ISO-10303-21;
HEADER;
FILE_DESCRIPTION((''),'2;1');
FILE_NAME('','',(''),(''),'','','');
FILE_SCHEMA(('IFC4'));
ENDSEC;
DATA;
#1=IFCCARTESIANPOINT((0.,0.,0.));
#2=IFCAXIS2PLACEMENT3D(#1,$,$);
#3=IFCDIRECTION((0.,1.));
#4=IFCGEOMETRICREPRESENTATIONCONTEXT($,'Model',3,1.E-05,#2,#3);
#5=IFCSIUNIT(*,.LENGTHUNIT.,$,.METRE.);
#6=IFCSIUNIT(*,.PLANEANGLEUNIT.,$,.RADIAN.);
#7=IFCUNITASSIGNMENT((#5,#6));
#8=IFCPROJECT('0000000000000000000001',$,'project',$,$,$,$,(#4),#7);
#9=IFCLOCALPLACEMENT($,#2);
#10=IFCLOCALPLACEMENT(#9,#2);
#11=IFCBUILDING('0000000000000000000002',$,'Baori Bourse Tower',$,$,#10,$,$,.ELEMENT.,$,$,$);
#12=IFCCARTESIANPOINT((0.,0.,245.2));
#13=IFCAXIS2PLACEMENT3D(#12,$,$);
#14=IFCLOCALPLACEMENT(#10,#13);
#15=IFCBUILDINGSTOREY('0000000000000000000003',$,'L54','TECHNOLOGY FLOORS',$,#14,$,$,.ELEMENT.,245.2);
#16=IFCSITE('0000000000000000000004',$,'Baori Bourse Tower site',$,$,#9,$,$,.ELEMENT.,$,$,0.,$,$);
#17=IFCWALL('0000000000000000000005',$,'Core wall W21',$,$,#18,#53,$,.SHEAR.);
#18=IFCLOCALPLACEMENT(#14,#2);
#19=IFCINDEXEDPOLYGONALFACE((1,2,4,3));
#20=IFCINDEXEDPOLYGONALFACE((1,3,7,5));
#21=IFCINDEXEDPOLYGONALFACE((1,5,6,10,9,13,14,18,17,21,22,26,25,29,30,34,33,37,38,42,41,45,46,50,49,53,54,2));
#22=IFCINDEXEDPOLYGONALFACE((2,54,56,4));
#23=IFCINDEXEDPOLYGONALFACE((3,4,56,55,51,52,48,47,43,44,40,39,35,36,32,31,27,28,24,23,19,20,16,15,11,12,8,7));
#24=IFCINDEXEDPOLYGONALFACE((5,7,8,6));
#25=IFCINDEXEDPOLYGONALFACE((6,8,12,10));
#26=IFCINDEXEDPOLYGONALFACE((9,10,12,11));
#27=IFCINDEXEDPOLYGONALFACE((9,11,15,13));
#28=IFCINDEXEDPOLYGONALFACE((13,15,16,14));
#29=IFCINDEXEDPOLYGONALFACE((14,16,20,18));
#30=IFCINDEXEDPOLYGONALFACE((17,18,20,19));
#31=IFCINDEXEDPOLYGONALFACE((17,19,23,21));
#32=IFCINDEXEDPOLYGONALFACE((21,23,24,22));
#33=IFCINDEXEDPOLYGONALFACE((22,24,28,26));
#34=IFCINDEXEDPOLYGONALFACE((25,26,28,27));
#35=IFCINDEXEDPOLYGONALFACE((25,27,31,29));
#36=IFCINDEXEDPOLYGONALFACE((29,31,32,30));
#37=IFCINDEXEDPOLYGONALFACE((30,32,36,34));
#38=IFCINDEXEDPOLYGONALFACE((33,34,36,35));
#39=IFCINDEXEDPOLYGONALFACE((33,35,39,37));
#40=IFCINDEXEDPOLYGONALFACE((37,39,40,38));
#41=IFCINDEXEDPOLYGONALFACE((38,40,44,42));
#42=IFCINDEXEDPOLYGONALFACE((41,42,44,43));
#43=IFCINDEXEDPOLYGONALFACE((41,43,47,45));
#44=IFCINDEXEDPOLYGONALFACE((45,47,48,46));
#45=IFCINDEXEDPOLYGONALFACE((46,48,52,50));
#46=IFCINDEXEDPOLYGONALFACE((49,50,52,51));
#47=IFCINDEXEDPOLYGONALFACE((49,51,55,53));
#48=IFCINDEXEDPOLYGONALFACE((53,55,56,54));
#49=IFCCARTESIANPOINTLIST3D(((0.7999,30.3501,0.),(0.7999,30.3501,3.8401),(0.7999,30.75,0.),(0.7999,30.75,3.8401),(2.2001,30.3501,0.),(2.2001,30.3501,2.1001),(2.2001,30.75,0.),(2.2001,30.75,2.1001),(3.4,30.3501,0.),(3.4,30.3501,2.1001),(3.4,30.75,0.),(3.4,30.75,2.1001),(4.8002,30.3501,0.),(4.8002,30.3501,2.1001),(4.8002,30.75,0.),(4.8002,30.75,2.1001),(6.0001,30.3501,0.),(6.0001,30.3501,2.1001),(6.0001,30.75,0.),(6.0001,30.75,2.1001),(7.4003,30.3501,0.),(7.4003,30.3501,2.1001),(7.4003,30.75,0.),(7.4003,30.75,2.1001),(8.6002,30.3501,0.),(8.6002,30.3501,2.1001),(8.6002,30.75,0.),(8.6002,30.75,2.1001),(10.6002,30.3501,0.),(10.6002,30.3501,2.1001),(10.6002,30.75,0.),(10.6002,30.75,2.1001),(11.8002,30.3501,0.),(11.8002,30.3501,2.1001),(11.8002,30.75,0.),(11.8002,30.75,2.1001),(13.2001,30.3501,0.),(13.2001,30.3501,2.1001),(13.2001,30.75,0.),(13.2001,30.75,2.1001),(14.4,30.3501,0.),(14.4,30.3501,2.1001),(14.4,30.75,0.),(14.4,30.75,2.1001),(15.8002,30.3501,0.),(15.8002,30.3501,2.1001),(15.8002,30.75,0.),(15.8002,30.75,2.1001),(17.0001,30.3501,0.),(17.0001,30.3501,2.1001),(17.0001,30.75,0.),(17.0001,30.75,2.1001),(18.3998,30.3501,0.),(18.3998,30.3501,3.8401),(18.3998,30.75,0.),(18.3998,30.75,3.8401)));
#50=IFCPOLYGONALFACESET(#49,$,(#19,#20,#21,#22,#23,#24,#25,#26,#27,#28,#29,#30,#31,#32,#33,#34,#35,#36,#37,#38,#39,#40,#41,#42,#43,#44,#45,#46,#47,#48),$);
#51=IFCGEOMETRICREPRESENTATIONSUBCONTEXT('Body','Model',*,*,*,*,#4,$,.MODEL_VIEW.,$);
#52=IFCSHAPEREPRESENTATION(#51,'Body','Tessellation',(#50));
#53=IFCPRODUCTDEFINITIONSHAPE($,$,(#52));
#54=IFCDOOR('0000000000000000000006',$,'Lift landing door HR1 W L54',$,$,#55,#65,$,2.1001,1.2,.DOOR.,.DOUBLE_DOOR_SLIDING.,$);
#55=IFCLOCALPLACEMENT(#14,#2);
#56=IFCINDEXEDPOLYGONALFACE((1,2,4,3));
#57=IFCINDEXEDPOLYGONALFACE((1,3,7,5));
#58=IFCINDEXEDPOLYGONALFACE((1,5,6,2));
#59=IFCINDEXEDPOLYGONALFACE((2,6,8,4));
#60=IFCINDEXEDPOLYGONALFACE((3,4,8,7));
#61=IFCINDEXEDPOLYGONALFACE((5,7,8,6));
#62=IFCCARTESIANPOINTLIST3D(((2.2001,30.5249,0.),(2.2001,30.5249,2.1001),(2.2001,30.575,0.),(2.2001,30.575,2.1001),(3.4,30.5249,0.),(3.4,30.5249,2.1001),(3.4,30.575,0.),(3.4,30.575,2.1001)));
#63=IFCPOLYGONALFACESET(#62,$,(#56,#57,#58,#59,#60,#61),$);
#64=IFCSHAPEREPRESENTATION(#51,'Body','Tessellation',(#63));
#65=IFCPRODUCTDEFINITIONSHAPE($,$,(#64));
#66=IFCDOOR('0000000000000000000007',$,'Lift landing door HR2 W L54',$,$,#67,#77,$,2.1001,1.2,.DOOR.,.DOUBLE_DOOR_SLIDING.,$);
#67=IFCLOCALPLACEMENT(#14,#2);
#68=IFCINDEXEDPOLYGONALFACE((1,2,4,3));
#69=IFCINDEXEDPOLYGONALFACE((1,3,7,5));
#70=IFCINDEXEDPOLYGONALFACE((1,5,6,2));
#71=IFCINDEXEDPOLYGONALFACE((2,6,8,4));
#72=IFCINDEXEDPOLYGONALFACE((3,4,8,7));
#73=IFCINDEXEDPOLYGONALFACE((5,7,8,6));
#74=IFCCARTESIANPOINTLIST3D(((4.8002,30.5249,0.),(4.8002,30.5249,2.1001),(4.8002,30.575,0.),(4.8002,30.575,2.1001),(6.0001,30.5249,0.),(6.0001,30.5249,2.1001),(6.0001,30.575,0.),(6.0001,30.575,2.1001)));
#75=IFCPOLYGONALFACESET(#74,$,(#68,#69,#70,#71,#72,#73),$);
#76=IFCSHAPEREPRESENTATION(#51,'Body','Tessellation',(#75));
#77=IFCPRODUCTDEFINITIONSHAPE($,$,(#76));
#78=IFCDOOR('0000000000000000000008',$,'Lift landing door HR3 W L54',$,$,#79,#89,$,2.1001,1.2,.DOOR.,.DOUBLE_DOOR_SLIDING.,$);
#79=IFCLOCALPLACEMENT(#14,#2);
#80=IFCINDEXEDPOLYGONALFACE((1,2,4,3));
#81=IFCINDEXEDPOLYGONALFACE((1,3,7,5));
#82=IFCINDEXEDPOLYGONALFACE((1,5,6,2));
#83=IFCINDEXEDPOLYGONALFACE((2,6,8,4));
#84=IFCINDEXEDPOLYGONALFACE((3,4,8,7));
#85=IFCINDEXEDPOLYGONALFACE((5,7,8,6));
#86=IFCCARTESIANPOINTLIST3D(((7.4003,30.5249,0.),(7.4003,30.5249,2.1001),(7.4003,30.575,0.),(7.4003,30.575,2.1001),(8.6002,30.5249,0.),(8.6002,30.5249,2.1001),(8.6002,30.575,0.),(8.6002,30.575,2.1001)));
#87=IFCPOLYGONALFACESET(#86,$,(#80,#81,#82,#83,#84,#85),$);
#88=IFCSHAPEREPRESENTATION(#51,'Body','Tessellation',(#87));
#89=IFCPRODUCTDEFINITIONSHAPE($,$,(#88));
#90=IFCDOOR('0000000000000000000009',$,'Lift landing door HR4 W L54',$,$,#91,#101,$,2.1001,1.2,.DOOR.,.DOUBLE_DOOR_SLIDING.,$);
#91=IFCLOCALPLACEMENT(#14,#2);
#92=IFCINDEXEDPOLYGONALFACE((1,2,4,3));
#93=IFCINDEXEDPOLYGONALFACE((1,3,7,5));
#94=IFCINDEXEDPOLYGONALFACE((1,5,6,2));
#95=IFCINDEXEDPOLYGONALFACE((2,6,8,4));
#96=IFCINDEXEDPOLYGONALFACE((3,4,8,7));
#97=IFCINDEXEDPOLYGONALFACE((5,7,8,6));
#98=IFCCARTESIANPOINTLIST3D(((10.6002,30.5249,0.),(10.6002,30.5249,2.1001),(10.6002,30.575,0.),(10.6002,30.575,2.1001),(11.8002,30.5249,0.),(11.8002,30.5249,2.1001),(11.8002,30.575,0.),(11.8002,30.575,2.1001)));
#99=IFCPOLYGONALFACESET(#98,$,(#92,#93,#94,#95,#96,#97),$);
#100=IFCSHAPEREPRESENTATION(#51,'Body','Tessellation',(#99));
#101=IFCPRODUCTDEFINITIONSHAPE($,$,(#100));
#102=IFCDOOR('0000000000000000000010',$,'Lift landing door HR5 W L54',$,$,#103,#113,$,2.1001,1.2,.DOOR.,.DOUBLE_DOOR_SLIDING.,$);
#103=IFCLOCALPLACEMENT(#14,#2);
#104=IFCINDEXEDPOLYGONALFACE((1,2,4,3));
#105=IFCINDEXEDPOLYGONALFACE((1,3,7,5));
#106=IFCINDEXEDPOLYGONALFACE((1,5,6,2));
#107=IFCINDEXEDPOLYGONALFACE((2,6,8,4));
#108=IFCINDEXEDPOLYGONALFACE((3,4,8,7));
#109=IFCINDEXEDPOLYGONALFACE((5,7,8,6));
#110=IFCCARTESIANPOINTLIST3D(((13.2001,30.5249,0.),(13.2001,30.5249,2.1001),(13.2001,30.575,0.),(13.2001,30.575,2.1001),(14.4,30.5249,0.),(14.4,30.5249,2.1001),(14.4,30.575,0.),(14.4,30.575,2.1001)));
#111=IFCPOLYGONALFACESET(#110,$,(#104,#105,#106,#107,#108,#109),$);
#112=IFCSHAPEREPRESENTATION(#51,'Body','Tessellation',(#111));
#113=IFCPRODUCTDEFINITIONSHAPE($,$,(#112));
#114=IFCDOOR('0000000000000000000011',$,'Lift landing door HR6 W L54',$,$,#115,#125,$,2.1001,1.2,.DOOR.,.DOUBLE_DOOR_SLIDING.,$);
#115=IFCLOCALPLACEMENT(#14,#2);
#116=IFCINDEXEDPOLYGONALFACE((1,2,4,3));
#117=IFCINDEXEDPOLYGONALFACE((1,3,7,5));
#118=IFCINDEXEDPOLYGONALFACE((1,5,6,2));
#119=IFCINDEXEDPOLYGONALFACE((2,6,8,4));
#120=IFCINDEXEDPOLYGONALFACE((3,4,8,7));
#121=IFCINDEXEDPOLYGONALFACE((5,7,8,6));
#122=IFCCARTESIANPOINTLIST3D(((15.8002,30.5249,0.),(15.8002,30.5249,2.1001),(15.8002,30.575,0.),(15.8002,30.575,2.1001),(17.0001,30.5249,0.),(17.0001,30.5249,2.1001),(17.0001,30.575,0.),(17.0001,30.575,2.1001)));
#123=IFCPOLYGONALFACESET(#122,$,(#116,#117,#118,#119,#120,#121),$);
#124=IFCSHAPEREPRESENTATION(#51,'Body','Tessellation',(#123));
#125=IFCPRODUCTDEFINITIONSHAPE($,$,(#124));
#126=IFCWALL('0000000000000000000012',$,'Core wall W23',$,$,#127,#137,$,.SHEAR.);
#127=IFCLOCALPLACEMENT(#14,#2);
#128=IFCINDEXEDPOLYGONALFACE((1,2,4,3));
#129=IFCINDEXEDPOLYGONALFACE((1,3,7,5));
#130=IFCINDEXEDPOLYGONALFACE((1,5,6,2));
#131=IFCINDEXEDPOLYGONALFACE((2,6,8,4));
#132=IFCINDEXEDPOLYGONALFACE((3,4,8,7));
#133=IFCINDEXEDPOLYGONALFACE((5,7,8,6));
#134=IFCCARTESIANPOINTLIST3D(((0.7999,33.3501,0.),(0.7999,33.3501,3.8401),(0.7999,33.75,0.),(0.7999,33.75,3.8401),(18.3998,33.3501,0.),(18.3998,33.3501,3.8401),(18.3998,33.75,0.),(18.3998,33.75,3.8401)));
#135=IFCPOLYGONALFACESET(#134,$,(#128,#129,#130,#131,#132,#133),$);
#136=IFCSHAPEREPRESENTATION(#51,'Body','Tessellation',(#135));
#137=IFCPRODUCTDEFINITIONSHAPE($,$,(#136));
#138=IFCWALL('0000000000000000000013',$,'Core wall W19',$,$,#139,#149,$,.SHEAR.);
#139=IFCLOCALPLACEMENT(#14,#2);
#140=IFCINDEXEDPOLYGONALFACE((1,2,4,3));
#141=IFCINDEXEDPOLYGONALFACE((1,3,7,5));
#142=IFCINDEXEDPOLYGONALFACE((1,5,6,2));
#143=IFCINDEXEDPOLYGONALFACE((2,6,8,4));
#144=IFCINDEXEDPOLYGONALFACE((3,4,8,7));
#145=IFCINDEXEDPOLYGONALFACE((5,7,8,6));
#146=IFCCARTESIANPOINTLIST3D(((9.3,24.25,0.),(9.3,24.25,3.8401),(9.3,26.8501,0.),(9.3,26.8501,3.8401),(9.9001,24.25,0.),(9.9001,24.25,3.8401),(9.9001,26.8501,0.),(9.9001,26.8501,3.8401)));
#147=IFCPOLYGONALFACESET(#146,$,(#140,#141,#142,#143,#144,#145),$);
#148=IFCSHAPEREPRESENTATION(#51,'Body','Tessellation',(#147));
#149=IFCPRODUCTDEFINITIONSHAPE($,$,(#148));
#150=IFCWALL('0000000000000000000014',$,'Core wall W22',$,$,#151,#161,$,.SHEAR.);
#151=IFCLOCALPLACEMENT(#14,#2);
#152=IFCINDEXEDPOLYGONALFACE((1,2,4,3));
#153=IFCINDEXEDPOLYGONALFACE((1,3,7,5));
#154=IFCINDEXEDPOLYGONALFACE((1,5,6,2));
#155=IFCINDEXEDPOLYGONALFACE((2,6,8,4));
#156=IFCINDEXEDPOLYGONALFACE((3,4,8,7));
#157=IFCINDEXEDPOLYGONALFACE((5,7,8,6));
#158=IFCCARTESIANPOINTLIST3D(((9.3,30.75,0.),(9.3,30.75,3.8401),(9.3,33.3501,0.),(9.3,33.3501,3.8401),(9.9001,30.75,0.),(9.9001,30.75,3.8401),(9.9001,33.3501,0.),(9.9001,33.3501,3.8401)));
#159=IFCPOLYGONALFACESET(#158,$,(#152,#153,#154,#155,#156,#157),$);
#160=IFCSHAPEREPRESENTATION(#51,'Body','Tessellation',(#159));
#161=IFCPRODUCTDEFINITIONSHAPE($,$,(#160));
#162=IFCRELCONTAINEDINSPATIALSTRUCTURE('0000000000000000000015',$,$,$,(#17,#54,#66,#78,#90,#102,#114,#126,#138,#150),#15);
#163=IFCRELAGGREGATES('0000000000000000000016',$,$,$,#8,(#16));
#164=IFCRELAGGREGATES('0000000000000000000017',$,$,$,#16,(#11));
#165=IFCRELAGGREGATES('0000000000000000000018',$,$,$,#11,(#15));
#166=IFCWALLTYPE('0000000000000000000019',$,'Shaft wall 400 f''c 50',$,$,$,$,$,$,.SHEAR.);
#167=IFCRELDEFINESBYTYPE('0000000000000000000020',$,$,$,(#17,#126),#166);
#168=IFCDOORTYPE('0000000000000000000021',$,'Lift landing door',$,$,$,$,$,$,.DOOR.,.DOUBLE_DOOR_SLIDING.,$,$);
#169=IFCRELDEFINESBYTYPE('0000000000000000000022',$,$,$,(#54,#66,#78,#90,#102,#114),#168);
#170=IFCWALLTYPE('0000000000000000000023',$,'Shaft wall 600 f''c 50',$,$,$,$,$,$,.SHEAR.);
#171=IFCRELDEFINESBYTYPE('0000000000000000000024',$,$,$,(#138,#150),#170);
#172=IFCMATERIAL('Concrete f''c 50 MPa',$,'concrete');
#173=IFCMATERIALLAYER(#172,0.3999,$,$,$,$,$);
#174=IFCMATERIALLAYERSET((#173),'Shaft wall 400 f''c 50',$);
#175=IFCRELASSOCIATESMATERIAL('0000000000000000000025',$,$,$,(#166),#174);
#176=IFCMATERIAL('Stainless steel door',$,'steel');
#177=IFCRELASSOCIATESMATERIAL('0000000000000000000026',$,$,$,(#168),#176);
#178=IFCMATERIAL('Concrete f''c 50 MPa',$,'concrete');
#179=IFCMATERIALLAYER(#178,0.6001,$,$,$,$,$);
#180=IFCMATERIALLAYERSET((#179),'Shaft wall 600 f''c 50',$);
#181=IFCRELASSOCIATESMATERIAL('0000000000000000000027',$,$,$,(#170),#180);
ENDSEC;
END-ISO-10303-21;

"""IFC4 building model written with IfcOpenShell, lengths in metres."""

from ifc_helpers import new_model, si_unit, direction, frame, frame_2d, origin, place, context, subcontext, project, spatial, rectangle, extrude, material, layer, layer_set, type_object, element, fill, save


model = new_model("IFC4")

# Units and contexts
model_context = context("Model", 3, precision=1e-05, world=origin(), true_north=direction((0.0, 1.0)))
body_context = subcontext(model_context, "Body", "Model", "MODEL_VIEW")
ifc_project = project(units=[si_unit("LENGTHUNIT", "METRE"), si_unit("PLANEANGLEUNIT", "RADIAN")], contexts=[model_context])

# Site, building, storey
site_placement = place(None, origin())
site = spatial("IfcSite", under=ifc_project, at=site_placement, Name="Baori Bourse Tower site", CompositionType="ELEMENT", RefElevation=0.0)
building_placement = place(site_placement, origin())
building = spatial("IfcBuilding", under=site, at=building_placement, Name="Baori Bourse Tower", CompositionType="ELEMENT")
storey_placement = place(building_placement, frame((0.0, 0.0, 245.2)))
storey = spatial("IfcBuildingStorey", under=building, at=storey_placement, Name="L54", Description="TECHNOLOGY FLOORS", CompositionType="ELEMENT", Elevation=245.2)

# Wall, openings, doors
ifc_material_1 = material(Name="Concrete f'c 50 MPa", Category="concrete")
ifc_layer_1 = layer(ifc_material_1, 0.3999)
ifc_layer_set_1 = layer_set([ifc_layer_1], Name="Shaft wall 400 f'c 50")
wall_type_1 = type_object("IfcWallType", Name="Shaft wall 400 f'c 50", PredefinedType="SHEAR", material=ifc_layer_set_1)
ifc_material_2 = material(Name="Stainless steel door", Category="steel")
door_type_1 = type_object("IfcDoorType", Name="Lift landing door", OperationType="DOUBLE_DOOR_SLIDING", PredefinedType="DOOR", material=ifc_material_2)
wall_1_placement = place(storey_placement, frame((0.8, 30.55, 0.0), z_axis=(0.0, 0.0, 1.0), x_axis=(1.0, 0.0, 0.0)))
wall_1 = element("IfcWall", 1, at=wall_1_placement, inside=storey, type_object=wall_type_1, Name="Core wall W21", PredefinedType="SHEAR", context=body_context, shape_type="SweptSolid", body=[
    extrude(rectangle(XDim=17.5999, YDim=0.3999, at=frame_2d((8.7998, 0.0))), origin(), (0.0, 0.0, 1.0), 3.8401),
])
opening_1_placement = place(wall_1_placement, frame((1.3999, 0.0, 0.0)))
opening_1 = element("IfcOpeningElement", 2, at=opening_1_placement, cuts=wall_1, PredefinedType="OPENING", context=body_context, shape_type="SweptSolid", body=[
    extrude(rectangle(XDim=1.2, YDim=2.1001, at=frame_2d((0.6001, 1.05))), frame((0.0, 0.21, 0.0), z_axis=(0.0, -1.0, 0.0), x_axis=(1.0, 0.0, 0.0)), (0.0, 0.0, 1.0), 0.4199),
])
opening_2_placement = place(wall_1_placement, frame((4.0, 0.0, 0.0)))
opening_2 = element("IfcOpeningElement", 3, at=opening_2_placement, cuts=wall_1, PredefinedType="OPENING", context=body_context, shape_type="SweptSolid", body=[
    extrude(rectangle(XDim=1.2, YDim=2.1001, at=frame_2d((0.6001, 1.05))), frame((0.0, 0.21, 0.0), z_axis=(0.0, -1.0, 0.0), x_axis=(1.0, 0.0, 0.0)), (0.0, 0.0, 1.0), 0.4199),
])
opening_3_placement = place(wall_1_placement, frame((6.6001, 0.0, 0.0)))
opening_3 = element("IfcOpeningElement", 4, at=opening_3_placement, cuts=wall_1, PredefinedType="OPENING", context=body_context, shape_type="SweptSolid", body=[
    extrude(rectangle(XDim=1.2, YDim=2.1001, at=frame_2d((0.6001, 1.05))), frame((0.0, 0.21, 0.0), z_axis=(0.0, -1.0, 0.0), x_axis=(1.0, 0.0, 0.0)), (0.0, 0.0, 1.0), 0.4199),
])
opening_4_placement = place(wall_1_placement, frame((9.8, 0.0, 0.0)))
opening_4 = element("IfcOpeningElement", 5, at=opening_4_placement, cuts=wall_1, PredefinedType="OPENING", context=body_context, shape_type="SweptSolid", body=[
    extrude(rectangle(XDim=1.2, YDim=2.1001, at=frame_2d((0.6001, 1.05))), frame((0.0, 0.21, 0.0), z_axis=(0.0, -1.0, 0.0), x_axis=(1.0, 0.0, 0.0)), (0.0, 0.0, 1.0), 0.4199),
])
opening_5_placement = place(wall_1_placement, frame((12.3999, 0.0, 0.0)))
opening_5 = element("IfcOpeningElement", 6, at=opening_5_placement, cuts=wall_1, PredefinedType="OPENING", context=body_context, shape_type="SweptSolid", body=[
    extrude(rectangle(XDim=1.2, YDim=2.1001, at=frame_2d((0.6001, 1.05))), frame((0.0, 0.21, 0.0), z_axis=(0.0, -1.0, 0.0), x_axis=(1.0, 0.0, 0.0)), (0.0, 0.0, 1.0), 0.4199),
])
opening_6_placement = place(wall_1_placement, frame((15.0, 0.0, 0.0)))
opening_6 = element("IfcOpeningElement", 7, at=opening_6_placement, cuts=wall_1, PredefinedType="OPENING", context=body_context, shape_type="SweptSolid", body=[
    extrude(rectangle(XDim=1.2, YDim=2.1001, at=frame_2d((0.6001, 1.05))), frame((0.0, 0.21, 0.0), z_axis=(0.0, -1.0, 0.0), x_axis=(1.0, 0.0, 0.0)), (0.0, 0.0, 1.0), 0.4199),
])
door_1_placement = place(opening_1_placement, origin())
door_1 = element("IfcDoor", 8, at=door_1_placement, inside=storey, type_object=door_type_1, Name="Lift landing door HR1 W L54", OperationType="DOUBLE_DOOR_SLIDING", OverallHeight=2.1001, OverallWidth=1.2, PredefinedType="DOOR", context=body_context, shape_type="SweptSolid", body=[
    extrude(rectangle(XDim=1.2, YDim=2.1001, at=frame_2d((0.6001, 1.05))), frame((0.0, 0.0249, 0.0), z_axis=(0.0, -1.0, 0.0), x_axis=(1.0, 0.0, 0.0)), (0.0, 0.0, 1.0), 0.05),
])
fill(opening_1, door_1)
door_2_placement = place(opening_2_placement, origin())
door_2 = element("IfcDoor", 9, at=door_2_placement, inside=storey, type_object=door_type_1, Name="Lift landing door HR2 W L54", OperationType="DOUBLE_DOOR_SLIDING", OverallHeight=2.1001, OverallWidth=1.2, PredefinedType="DOOR", context=body_context, shape_type="SweptSolid", body=[
    extrude(rectangle(XDim=1.2, YDim=2.1001, at=frame_2d((0.6001, 1.05))), frame((0.0, 0.0249, 0.0), z_axis=(0.0, -1.0, 0.0), x_axis=(1.0, 0.0, 0.0)), (0.0, 0.0, 1.0), 0.05),
])
fill(opening_2, door_2)
door_3_placement = place(opening_3_placement, origin())
door_3 = element("IfcDoor", 10, at=door_3_placement, inside=storey, type_object=door_type_1, Name="Lift landing door HR3 W L54", OperationType="DOUBLE_DOOR_SLIDING", OverallHeight=2.1001, OverallWidth=1.2, PredefinedType="DOOR", context=body_context, shape_type="SweptSolid", body=[
    extrude(rectangle(XDim=1.2, YDim=2.1001, at=frame_2d((0.6001, 1.05))), frame((0.0, 0.0249, 0.0), z_axis=(0.0, -1.0, 0.0), x_axis=(1.0, 0.0, 0.0)), (0.0, 0.0, 1.0), 0.05),
])
fill(opening_3, door_3)
door_4_placement = place(opening_4_placement, origin())
door_4 = element("IfcDoor", 11, at=door_4_placement, inside=storey, type_object=door_type_1, Name="Lift landing door HR4 W L54", OperationType="DOUBLE_DOOR_SLIDING", OverallHeight=2.1001, OverallWidth=1.2, PredefinedType="DOOR", context=body_context, shape_type="SweptSolid", body=[
    extrude(rectangle(XDim=1.2, YDim=2.1001, at=frame_2d((0.6001, 1.05))), frame((0.0, 0.0249, 0.0), z_axis=(0.0, -1.0, 0.0), x_axis=(1.0, 0.0, 0.0)), (0.0, 0.0, 1.0), 0.05),
])
fill(opening_4, door_4)
door_5_placement = place(opening_5_placement, origin())
door_5 = element("IfcDoor", 12, at=door_5_placement, inside=storey, type_object=door_type_1, Name="Lift landing door HR5 W L54", OperationType="DOUBLE_DOOR_SLIDING", OverallHeight=2.1001, OverallWidth=1.2, PredefinedType="DOOR", context=body_context, shape_type="SweptSolid", body=[
    extrude(rectangle(XDim=1.2, YDim=2.1001, at=frame_2d((0.6001, 1.05))), frame((0.0, 0.0249, 0.0), z_axis=(0.0, -1.0, 0.0), x_axis=(1.0, 0.0, 0.0)), (0.0, 0.0, 1.0), 0.05),
])
fill(opening_5, door_5)
door_6_placement = place(opening_6_placement, origin())
door_6 = element("IfcDoor", 13, at=door_6_placement, inside=storey, type_object=door_type_1, Name="Lift landing door HR6 W L54", OperationType="DOUBLE_DOOR_SLIDING", OverallHeight=2.1001, OverallWidth=1.2, PredefinedType="DOOR", context=body_context, shape_type="SweptSolid", body=[
    extrude(rectangle(XDim=1.2, YDim=2.1001, at=frame_2d((0.6001, 1.05))), frame((0.0, 0.0249, 0.0), z_axis=(0.0, -1.0, 0.0), x_axis=(1.0, 0.0, 0.0)), (0.0, 0.0, 1.0), 0.05),
])
fill(opening_6, door_6)

# Walls
wall_2_placement = place(storey_placement, frame((0.8, 33.55, 0.0), z_axis=(0.0, 0.0, 1.0), x_axis=(1.0, 0.0, 0.0)))
element("IfcWall", 14, at=wall_2_placement, inside=storey, type_object=wall_type_1, Name="Core wall W23", PredefinedType="SHEAR", context=body_context, shape_type="SweptSolid", body=[
    extrude(rectangle(XDim=17.5999, YDim=0.3999, at=frame_2d((8.7998, 0.0))), origin(), (0.0, 0.0, 1.0), 3.8401),
])
ifc_material_3 = material(Name="Concrete f'c 50 MPa", Category="concrete")
ifc_layer_2 = layer(ifc_material_3, 0.6001)
ifc_layer_set_2 = layer_set([ifc_layer_2], Name="Shaft wall 600 f'c 50")
wall_type_2 = type_object("IfcWallType", Name="Shaft wall 600 f'c 50", PredefinedType="SHEAR", material=ifc_layer_set_2)
for number, where, z_axis, x_axis, name in (
    (15, (9.6001, 24.25, 0.0), (0.0, 0.0, 1.0), (0.0, 1.0, 0.0), "Core wall W19"),
    (16, (9.6001, 30.75, 0.0), (0.0, 0.0, 1.0), (0.0, 1.0, 0.0), "Core wall W22"),
):
    element("IfcWall", number, at=place(storey_placement, frame(where, z_axis=z_axis, x_axis=x_axis)), inside=storey, type_object=wall_type_2, Name=name, PredefinedType="SHEAR", context=body_context, shape_type="SweptSolid", body=[
        extrude(rectangle(XDim=2.6001, YDim=0.6001, at=frame_2d((1.3, 0.0))), origin(), (0.0, 0.0, 1.0), 3.8401),
    ])

save(model, "model.ifc")
